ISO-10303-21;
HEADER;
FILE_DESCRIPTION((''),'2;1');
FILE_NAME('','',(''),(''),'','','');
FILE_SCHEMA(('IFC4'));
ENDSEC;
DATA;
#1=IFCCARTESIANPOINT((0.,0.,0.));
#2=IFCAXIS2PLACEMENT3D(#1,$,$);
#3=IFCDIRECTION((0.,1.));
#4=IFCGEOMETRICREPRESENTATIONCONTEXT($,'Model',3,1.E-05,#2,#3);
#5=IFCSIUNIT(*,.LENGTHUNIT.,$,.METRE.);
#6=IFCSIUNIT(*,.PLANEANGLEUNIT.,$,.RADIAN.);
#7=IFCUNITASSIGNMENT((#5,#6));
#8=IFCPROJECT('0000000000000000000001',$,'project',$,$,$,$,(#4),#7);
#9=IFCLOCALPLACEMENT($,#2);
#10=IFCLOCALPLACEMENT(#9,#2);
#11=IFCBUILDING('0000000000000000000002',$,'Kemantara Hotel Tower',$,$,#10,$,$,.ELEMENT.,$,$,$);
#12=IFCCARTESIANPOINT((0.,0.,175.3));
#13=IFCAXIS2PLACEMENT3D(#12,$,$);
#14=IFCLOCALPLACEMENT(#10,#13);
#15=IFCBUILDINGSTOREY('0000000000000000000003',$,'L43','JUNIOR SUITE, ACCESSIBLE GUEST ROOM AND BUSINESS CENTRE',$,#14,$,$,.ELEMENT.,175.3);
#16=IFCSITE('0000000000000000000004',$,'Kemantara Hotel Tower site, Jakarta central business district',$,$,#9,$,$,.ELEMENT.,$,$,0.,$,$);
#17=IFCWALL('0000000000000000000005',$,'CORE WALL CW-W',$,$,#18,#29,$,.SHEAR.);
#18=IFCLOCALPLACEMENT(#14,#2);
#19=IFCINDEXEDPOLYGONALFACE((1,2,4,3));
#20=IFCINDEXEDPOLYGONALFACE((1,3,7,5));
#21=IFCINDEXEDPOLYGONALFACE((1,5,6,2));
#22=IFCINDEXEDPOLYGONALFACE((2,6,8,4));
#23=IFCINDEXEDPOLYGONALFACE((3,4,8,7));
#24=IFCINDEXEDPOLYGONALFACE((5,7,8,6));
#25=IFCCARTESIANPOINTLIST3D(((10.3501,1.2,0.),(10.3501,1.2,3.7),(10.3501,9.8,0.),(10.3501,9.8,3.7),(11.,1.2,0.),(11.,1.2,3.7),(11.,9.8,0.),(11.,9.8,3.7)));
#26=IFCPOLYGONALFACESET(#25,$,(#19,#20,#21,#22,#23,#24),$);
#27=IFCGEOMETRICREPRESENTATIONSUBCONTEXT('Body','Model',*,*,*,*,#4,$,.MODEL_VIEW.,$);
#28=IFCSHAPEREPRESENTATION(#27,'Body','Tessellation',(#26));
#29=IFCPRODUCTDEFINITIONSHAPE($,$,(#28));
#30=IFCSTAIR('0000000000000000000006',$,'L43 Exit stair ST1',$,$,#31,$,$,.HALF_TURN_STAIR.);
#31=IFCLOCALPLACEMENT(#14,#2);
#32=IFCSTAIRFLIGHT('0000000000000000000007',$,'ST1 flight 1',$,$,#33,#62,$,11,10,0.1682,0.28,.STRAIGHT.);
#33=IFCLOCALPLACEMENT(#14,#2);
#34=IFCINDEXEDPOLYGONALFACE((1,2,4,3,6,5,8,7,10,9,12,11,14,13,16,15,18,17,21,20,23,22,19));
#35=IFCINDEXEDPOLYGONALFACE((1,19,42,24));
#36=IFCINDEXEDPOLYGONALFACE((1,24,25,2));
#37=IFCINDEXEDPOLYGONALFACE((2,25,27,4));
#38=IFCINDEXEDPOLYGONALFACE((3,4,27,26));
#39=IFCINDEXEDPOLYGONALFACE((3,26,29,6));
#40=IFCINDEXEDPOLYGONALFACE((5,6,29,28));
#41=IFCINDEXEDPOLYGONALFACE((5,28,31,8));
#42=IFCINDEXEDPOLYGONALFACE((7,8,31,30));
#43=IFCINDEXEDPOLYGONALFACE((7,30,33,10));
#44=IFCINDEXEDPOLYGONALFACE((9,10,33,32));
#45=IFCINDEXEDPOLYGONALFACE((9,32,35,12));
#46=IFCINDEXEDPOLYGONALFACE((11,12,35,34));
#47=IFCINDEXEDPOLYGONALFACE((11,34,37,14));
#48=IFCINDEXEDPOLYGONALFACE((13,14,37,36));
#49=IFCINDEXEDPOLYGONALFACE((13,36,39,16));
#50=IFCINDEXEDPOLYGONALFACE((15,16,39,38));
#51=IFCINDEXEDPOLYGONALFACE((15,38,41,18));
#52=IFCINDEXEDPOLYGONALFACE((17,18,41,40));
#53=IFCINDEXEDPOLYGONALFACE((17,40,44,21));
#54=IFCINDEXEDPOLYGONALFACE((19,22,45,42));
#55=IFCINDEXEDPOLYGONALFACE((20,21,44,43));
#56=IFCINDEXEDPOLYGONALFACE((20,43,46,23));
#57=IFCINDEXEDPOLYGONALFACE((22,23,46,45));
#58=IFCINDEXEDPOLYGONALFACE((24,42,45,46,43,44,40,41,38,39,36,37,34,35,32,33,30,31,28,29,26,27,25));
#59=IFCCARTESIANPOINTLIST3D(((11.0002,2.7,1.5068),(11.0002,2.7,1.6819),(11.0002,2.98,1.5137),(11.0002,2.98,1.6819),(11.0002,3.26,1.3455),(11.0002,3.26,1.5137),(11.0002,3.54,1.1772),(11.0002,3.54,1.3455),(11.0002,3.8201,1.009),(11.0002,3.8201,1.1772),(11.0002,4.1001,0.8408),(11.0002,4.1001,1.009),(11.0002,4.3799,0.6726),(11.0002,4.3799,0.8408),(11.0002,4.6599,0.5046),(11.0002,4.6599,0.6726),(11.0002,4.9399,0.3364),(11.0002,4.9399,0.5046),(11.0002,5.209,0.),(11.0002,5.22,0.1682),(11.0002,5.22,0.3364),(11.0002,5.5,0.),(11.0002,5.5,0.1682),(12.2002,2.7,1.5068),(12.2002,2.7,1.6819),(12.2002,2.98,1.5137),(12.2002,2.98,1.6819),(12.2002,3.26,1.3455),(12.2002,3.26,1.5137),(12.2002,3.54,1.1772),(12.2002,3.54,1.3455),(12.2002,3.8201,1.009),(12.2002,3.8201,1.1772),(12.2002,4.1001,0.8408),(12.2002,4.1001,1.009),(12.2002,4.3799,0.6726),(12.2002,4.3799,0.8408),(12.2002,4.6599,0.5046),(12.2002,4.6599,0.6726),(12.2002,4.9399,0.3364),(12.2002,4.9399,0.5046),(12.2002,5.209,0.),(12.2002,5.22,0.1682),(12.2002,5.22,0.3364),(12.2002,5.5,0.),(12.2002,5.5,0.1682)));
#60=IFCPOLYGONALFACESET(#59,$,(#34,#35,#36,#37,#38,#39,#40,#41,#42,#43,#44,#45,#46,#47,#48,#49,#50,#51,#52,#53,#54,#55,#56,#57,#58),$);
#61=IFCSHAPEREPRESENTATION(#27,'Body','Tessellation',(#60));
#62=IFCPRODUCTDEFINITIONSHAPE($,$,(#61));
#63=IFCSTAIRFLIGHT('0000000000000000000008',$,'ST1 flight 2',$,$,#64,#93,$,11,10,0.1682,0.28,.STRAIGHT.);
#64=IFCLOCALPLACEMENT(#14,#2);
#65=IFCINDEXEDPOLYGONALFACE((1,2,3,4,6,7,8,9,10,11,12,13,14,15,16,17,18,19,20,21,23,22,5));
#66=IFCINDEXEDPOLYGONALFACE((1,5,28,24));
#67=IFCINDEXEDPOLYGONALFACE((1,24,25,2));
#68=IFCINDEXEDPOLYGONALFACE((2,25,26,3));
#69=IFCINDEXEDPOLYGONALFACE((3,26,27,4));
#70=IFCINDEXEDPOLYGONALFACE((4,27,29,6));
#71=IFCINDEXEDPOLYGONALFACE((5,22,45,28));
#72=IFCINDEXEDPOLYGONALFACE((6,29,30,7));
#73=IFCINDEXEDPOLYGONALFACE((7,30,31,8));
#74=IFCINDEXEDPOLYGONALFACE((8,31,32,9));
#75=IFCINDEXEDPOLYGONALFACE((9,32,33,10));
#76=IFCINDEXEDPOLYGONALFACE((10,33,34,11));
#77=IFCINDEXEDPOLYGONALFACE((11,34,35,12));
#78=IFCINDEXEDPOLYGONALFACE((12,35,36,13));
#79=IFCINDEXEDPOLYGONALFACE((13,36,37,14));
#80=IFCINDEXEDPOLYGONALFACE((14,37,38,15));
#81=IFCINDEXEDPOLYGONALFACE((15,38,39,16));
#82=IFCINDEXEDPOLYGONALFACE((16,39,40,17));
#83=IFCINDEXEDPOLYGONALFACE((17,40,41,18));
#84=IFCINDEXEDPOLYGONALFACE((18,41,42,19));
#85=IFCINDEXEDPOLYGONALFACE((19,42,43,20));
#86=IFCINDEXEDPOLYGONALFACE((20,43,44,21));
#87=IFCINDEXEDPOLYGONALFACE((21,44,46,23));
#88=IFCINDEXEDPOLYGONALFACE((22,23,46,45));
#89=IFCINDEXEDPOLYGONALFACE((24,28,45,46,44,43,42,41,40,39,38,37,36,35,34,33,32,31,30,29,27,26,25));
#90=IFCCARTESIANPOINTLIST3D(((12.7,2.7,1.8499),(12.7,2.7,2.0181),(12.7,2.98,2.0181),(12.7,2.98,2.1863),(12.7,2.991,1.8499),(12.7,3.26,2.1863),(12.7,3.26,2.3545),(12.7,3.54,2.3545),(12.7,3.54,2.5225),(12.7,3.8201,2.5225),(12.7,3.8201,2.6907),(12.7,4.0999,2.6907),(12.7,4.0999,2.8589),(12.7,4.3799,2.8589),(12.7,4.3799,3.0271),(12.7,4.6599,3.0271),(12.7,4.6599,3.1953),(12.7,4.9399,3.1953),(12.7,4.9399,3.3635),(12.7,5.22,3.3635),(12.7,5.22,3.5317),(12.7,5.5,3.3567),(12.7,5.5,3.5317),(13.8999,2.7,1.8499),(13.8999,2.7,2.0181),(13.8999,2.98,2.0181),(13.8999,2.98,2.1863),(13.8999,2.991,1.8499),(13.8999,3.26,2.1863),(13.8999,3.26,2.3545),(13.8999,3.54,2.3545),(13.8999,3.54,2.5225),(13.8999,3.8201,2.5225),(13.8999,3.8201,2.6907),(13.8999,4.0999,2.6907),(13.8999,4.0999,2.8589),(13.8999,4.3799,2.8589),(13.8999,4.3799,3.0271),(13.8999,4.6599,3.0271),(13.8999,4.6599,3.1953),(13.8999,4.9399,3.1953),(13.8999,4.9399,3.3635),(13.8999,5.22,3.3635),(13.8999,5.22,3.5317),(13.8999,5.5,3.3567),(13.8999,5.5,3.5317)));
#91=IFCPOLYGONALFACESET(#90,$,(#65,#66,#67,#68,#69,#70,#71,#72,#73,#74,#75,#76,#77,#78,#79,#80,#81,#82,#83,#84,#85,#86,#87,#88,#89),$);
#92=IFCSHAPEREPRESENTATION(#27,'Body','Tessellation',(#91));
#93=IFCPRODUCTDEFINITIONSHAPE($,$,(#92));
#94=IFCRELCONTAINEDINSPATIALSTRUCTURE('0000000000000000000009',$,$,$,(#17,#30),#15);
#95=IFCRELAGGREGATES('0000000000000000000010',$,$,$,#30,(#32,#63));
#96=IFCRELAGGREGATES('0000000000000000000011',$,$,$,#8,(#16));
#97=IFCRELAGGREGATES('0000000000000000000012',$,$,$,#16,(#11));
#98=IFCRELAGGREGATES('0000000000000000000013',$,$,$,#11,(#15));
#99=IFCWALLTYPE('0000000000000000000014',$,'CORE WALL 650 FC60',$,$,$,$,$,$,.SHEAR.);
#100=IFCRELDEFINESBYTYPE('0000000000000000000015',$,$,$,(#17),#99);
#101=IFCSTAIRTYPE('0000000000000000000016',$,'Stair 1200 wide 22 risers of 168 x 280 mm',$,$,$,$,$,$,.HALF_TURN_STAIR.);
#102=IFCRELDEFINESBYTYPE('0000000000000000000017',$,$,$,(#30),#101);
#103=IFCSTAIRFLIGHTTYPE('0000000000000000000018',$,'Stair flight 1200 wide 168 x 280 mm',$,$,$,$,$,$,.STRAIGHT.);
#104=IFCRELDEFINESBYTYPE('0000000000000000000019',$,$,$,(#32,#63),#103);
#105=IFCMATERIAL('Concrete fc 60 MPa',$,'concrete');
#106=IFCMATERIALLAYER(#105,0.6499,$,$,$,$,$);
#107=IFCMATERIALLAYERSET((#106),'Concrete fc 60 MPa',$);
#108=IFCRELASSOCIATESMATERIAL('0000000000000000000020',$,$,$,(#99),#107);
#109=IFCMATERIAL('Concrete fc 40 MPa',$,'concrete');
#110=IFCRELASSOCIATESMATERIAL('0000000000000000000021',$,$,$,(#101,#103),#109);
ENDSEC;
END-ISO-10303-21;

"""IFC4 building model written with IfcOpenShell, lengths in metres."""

from ifc_helpers import new_model, si_unit, direction, frame, frame_2d, origin, place, context, subcontext, project, spatial, polyline, rectangle, outline, extrude, material, layer, layer_set, type_object, element, aggregate, save


model = new_model("IFC4")

# Units and contexts
model_context = context("Model", 3, precision=1e-05, world=origin(), true_north=direction((0.0, 1.0)))
body_context = subcontext(model_context, "Body", "Model", "MODEL_VIEW")
ifc_project = project(units=[si_unit("LENGTHUNIT", "METRE"), si_unit("PLANEANGLEUNIT", "RADIAN")], contexts=[model_context])

# Site, building, storey
site_placement = place(None, origin())
site = spatial("IfcSite", under=ifc_project, at=site_placement, Name="Kemantara Hotel Tower site, Jakarta central business district", CompositionType="ELEMENT", RefElevation=0.0)
building_placement = place(site_placement, origin())
building = spatial("IfcBuilding", under=site, at=building_placement, Name="Kemantara Hotel Tower", CompositionType="ELEMENT")
storey_placement = place(building_placement, frame((0.0, 0.0, 175.3)))
storey = spatial("IfcBuildingStorey", under=building, at=storey_placement, Name="L43", Description="JUNIOR SUITE, ACCESSIBLE GUEST ROOM AND BUSINESS CENTRE", CompositionType="ELEMENT", Elevation=175.3)

# Shared definitions
ifc_material_1 = material(Name="Concrete fc 60 MPa", Category="concrete")

# Wall
ifc_layer_1 = layer(ifc_material_1, 0.6499)
ifc_layer_set_1 = layer_set([ifc_layer_1], Name="Concrete fc 60 MPa")
wall_type_1 = type_object("IfcWallType", Name="CORE WALL 650 FC60", PredefinedType="SHEAR", material=ifc_layer_set_1)
wall_1_placement = place(storey_placement, frame((10.675, 1.2, 0.0), z_axis=(0.0, 0.0, 1.0), x_axis=(0.0, 1.0, 0.0)))
element("IfcWall", 1, at=wall_1_placement, inside=storey, type_object=wall_type_1, Name="CORE WALL CW-W", PredefinedType="SHEAR", context=body_context, shape_type="SweptSolid", body=[
    extrude(rectangle(XDim=8.6001, YDim=0.6499, at=frame_2d((4.3, 0.0))), origin(), (0.0, 0.0, 1.0), 3.7),
])

# Stair, stair flights
ifc_material_2 = material(Name="Concrete fc 40 MPa", Category="concrete")
stair_type = type_object("IfcStairType", Name="Stair 1200 wide 22 risers of 168 x 280 mm", PredefinedType="HALF_TURN_STAIR", material=ifc_material_2)
stair_placement = place(storey_placement, origin())
stair = element("IfcStair", 2, at=stair_placement, inside=storey, type_object=stair_type, Name="L43 Exit stair ST1", PredefinedType="HALF_TURN_STAIR")
stair_flight_type = type_object("IfcStairFlightType", Name="Stair flight 1200 wide 168 x 280 mm", PredefinedType="STRAIGHT", material=ifc_material_2)
stair_flight_1_placement = place(storey_placement, frame((11.6001, 5.5, 0.0), z_axis=(0.0, 0.0, 1.0), x_axis=(0.0, -1.0, 0.0)))
stair_flight_1 = element("IfcStairFlight", 3, at=stair_flight_1_placement, type_object=stair_flight_type, Name="ST1 flight 1", NumberOfRisers=11, NumberOfTreads=10, PredefinedType="STRAIGHT", RiserHeight=0.1682, TreadLength=0.28, context=body_context, shape_type="SweptSolid", body=[
    extrude(outline(polyline([(0.0, 0.0), (0.0, 0.1682), (0.28, 0.1682), (0.28, 0.3364), (0.5601, 0.3364), (0.5601, 0.5046), (0.8401, 0.5046), (0.8401, 0.6726), (1.1201, 0.6726), (1.1201, 0.8408), (1.3999, 0.8408), (1.3999, 1.009), (1.6799, 1.009), (1.6799, 1.1772), (1.96, 1.1772), (1.96, 1.3455), (2.24, 1.3455), (2.24, 1.5137), (2.52, 1.5137), (2.52, 1.6819), (2.8, 1.6819), (2.8, 1.8501), (2.8, 1.5068), (0.291, 0.0), (0.0, 0.0)])), frame((0.0, 0.6001, 0.0), z_axis=(0.0, -1.0, 0.0), x_axis=(1.0, 0.0, 0.0)), (0.0, 0.0, 1.0), 1.2),
])
stair_flight_2_placement = place(storey_placement, frame((13.3, 2.7, 1.8499), z_axis=(0.0, 0.0, 1.0), x_axis=(0.0, 1.0, 0.0)))
stair_flight_2 = element("IfcStairFlight", 4, at=stair_flight_2_placement, type_object=stair_flight_type, Name="ST1 flight 2", NumberOfRisers=11, NumberOfTreads=10, PredefinedType="STRAIGHT", RiserHeight=0.1682, TreadLength=0.28, context=body_context, shape_type="SweptSolid", body=[
    extrude(outline(polyline([(0.0, 0.0), (0.0, 0.1682), (0.28, 0.1682), (0.28, 0.3364), (0.5601, 0.3364), (0.5601, 0.5046), (0.8401, 0.5046), (0.8401, 0.6726), (1.1201, 0.6726), (1.1201, 0.8408), (1.3999, 0.8408), (1.3999, 1.009), (1.6799, 1.009), (1.6799, 1.1772), (1.96, 1.1772), (1.96, 1.3455), (2.24, 1.3455), (2.24, 1.5137), (2.52, 1.5137), (2.52, 1.6819), (2.8, 1.6819), (2.8, 1.8501), (2.8, 1.5068), (0.291, 0.0), (0.0, 0.0)])), frame((0.0, 0.6001, 0.0), z_axis=(0.0, -1.0, 0.0), x_axis=(1.0, 0.0, 0.0)), (0.0, 0.0, 1.0), 1.2),
])
aggregate(stair, [stair_flight_1, stair_flight_2])

save(model, "model.ifc")
